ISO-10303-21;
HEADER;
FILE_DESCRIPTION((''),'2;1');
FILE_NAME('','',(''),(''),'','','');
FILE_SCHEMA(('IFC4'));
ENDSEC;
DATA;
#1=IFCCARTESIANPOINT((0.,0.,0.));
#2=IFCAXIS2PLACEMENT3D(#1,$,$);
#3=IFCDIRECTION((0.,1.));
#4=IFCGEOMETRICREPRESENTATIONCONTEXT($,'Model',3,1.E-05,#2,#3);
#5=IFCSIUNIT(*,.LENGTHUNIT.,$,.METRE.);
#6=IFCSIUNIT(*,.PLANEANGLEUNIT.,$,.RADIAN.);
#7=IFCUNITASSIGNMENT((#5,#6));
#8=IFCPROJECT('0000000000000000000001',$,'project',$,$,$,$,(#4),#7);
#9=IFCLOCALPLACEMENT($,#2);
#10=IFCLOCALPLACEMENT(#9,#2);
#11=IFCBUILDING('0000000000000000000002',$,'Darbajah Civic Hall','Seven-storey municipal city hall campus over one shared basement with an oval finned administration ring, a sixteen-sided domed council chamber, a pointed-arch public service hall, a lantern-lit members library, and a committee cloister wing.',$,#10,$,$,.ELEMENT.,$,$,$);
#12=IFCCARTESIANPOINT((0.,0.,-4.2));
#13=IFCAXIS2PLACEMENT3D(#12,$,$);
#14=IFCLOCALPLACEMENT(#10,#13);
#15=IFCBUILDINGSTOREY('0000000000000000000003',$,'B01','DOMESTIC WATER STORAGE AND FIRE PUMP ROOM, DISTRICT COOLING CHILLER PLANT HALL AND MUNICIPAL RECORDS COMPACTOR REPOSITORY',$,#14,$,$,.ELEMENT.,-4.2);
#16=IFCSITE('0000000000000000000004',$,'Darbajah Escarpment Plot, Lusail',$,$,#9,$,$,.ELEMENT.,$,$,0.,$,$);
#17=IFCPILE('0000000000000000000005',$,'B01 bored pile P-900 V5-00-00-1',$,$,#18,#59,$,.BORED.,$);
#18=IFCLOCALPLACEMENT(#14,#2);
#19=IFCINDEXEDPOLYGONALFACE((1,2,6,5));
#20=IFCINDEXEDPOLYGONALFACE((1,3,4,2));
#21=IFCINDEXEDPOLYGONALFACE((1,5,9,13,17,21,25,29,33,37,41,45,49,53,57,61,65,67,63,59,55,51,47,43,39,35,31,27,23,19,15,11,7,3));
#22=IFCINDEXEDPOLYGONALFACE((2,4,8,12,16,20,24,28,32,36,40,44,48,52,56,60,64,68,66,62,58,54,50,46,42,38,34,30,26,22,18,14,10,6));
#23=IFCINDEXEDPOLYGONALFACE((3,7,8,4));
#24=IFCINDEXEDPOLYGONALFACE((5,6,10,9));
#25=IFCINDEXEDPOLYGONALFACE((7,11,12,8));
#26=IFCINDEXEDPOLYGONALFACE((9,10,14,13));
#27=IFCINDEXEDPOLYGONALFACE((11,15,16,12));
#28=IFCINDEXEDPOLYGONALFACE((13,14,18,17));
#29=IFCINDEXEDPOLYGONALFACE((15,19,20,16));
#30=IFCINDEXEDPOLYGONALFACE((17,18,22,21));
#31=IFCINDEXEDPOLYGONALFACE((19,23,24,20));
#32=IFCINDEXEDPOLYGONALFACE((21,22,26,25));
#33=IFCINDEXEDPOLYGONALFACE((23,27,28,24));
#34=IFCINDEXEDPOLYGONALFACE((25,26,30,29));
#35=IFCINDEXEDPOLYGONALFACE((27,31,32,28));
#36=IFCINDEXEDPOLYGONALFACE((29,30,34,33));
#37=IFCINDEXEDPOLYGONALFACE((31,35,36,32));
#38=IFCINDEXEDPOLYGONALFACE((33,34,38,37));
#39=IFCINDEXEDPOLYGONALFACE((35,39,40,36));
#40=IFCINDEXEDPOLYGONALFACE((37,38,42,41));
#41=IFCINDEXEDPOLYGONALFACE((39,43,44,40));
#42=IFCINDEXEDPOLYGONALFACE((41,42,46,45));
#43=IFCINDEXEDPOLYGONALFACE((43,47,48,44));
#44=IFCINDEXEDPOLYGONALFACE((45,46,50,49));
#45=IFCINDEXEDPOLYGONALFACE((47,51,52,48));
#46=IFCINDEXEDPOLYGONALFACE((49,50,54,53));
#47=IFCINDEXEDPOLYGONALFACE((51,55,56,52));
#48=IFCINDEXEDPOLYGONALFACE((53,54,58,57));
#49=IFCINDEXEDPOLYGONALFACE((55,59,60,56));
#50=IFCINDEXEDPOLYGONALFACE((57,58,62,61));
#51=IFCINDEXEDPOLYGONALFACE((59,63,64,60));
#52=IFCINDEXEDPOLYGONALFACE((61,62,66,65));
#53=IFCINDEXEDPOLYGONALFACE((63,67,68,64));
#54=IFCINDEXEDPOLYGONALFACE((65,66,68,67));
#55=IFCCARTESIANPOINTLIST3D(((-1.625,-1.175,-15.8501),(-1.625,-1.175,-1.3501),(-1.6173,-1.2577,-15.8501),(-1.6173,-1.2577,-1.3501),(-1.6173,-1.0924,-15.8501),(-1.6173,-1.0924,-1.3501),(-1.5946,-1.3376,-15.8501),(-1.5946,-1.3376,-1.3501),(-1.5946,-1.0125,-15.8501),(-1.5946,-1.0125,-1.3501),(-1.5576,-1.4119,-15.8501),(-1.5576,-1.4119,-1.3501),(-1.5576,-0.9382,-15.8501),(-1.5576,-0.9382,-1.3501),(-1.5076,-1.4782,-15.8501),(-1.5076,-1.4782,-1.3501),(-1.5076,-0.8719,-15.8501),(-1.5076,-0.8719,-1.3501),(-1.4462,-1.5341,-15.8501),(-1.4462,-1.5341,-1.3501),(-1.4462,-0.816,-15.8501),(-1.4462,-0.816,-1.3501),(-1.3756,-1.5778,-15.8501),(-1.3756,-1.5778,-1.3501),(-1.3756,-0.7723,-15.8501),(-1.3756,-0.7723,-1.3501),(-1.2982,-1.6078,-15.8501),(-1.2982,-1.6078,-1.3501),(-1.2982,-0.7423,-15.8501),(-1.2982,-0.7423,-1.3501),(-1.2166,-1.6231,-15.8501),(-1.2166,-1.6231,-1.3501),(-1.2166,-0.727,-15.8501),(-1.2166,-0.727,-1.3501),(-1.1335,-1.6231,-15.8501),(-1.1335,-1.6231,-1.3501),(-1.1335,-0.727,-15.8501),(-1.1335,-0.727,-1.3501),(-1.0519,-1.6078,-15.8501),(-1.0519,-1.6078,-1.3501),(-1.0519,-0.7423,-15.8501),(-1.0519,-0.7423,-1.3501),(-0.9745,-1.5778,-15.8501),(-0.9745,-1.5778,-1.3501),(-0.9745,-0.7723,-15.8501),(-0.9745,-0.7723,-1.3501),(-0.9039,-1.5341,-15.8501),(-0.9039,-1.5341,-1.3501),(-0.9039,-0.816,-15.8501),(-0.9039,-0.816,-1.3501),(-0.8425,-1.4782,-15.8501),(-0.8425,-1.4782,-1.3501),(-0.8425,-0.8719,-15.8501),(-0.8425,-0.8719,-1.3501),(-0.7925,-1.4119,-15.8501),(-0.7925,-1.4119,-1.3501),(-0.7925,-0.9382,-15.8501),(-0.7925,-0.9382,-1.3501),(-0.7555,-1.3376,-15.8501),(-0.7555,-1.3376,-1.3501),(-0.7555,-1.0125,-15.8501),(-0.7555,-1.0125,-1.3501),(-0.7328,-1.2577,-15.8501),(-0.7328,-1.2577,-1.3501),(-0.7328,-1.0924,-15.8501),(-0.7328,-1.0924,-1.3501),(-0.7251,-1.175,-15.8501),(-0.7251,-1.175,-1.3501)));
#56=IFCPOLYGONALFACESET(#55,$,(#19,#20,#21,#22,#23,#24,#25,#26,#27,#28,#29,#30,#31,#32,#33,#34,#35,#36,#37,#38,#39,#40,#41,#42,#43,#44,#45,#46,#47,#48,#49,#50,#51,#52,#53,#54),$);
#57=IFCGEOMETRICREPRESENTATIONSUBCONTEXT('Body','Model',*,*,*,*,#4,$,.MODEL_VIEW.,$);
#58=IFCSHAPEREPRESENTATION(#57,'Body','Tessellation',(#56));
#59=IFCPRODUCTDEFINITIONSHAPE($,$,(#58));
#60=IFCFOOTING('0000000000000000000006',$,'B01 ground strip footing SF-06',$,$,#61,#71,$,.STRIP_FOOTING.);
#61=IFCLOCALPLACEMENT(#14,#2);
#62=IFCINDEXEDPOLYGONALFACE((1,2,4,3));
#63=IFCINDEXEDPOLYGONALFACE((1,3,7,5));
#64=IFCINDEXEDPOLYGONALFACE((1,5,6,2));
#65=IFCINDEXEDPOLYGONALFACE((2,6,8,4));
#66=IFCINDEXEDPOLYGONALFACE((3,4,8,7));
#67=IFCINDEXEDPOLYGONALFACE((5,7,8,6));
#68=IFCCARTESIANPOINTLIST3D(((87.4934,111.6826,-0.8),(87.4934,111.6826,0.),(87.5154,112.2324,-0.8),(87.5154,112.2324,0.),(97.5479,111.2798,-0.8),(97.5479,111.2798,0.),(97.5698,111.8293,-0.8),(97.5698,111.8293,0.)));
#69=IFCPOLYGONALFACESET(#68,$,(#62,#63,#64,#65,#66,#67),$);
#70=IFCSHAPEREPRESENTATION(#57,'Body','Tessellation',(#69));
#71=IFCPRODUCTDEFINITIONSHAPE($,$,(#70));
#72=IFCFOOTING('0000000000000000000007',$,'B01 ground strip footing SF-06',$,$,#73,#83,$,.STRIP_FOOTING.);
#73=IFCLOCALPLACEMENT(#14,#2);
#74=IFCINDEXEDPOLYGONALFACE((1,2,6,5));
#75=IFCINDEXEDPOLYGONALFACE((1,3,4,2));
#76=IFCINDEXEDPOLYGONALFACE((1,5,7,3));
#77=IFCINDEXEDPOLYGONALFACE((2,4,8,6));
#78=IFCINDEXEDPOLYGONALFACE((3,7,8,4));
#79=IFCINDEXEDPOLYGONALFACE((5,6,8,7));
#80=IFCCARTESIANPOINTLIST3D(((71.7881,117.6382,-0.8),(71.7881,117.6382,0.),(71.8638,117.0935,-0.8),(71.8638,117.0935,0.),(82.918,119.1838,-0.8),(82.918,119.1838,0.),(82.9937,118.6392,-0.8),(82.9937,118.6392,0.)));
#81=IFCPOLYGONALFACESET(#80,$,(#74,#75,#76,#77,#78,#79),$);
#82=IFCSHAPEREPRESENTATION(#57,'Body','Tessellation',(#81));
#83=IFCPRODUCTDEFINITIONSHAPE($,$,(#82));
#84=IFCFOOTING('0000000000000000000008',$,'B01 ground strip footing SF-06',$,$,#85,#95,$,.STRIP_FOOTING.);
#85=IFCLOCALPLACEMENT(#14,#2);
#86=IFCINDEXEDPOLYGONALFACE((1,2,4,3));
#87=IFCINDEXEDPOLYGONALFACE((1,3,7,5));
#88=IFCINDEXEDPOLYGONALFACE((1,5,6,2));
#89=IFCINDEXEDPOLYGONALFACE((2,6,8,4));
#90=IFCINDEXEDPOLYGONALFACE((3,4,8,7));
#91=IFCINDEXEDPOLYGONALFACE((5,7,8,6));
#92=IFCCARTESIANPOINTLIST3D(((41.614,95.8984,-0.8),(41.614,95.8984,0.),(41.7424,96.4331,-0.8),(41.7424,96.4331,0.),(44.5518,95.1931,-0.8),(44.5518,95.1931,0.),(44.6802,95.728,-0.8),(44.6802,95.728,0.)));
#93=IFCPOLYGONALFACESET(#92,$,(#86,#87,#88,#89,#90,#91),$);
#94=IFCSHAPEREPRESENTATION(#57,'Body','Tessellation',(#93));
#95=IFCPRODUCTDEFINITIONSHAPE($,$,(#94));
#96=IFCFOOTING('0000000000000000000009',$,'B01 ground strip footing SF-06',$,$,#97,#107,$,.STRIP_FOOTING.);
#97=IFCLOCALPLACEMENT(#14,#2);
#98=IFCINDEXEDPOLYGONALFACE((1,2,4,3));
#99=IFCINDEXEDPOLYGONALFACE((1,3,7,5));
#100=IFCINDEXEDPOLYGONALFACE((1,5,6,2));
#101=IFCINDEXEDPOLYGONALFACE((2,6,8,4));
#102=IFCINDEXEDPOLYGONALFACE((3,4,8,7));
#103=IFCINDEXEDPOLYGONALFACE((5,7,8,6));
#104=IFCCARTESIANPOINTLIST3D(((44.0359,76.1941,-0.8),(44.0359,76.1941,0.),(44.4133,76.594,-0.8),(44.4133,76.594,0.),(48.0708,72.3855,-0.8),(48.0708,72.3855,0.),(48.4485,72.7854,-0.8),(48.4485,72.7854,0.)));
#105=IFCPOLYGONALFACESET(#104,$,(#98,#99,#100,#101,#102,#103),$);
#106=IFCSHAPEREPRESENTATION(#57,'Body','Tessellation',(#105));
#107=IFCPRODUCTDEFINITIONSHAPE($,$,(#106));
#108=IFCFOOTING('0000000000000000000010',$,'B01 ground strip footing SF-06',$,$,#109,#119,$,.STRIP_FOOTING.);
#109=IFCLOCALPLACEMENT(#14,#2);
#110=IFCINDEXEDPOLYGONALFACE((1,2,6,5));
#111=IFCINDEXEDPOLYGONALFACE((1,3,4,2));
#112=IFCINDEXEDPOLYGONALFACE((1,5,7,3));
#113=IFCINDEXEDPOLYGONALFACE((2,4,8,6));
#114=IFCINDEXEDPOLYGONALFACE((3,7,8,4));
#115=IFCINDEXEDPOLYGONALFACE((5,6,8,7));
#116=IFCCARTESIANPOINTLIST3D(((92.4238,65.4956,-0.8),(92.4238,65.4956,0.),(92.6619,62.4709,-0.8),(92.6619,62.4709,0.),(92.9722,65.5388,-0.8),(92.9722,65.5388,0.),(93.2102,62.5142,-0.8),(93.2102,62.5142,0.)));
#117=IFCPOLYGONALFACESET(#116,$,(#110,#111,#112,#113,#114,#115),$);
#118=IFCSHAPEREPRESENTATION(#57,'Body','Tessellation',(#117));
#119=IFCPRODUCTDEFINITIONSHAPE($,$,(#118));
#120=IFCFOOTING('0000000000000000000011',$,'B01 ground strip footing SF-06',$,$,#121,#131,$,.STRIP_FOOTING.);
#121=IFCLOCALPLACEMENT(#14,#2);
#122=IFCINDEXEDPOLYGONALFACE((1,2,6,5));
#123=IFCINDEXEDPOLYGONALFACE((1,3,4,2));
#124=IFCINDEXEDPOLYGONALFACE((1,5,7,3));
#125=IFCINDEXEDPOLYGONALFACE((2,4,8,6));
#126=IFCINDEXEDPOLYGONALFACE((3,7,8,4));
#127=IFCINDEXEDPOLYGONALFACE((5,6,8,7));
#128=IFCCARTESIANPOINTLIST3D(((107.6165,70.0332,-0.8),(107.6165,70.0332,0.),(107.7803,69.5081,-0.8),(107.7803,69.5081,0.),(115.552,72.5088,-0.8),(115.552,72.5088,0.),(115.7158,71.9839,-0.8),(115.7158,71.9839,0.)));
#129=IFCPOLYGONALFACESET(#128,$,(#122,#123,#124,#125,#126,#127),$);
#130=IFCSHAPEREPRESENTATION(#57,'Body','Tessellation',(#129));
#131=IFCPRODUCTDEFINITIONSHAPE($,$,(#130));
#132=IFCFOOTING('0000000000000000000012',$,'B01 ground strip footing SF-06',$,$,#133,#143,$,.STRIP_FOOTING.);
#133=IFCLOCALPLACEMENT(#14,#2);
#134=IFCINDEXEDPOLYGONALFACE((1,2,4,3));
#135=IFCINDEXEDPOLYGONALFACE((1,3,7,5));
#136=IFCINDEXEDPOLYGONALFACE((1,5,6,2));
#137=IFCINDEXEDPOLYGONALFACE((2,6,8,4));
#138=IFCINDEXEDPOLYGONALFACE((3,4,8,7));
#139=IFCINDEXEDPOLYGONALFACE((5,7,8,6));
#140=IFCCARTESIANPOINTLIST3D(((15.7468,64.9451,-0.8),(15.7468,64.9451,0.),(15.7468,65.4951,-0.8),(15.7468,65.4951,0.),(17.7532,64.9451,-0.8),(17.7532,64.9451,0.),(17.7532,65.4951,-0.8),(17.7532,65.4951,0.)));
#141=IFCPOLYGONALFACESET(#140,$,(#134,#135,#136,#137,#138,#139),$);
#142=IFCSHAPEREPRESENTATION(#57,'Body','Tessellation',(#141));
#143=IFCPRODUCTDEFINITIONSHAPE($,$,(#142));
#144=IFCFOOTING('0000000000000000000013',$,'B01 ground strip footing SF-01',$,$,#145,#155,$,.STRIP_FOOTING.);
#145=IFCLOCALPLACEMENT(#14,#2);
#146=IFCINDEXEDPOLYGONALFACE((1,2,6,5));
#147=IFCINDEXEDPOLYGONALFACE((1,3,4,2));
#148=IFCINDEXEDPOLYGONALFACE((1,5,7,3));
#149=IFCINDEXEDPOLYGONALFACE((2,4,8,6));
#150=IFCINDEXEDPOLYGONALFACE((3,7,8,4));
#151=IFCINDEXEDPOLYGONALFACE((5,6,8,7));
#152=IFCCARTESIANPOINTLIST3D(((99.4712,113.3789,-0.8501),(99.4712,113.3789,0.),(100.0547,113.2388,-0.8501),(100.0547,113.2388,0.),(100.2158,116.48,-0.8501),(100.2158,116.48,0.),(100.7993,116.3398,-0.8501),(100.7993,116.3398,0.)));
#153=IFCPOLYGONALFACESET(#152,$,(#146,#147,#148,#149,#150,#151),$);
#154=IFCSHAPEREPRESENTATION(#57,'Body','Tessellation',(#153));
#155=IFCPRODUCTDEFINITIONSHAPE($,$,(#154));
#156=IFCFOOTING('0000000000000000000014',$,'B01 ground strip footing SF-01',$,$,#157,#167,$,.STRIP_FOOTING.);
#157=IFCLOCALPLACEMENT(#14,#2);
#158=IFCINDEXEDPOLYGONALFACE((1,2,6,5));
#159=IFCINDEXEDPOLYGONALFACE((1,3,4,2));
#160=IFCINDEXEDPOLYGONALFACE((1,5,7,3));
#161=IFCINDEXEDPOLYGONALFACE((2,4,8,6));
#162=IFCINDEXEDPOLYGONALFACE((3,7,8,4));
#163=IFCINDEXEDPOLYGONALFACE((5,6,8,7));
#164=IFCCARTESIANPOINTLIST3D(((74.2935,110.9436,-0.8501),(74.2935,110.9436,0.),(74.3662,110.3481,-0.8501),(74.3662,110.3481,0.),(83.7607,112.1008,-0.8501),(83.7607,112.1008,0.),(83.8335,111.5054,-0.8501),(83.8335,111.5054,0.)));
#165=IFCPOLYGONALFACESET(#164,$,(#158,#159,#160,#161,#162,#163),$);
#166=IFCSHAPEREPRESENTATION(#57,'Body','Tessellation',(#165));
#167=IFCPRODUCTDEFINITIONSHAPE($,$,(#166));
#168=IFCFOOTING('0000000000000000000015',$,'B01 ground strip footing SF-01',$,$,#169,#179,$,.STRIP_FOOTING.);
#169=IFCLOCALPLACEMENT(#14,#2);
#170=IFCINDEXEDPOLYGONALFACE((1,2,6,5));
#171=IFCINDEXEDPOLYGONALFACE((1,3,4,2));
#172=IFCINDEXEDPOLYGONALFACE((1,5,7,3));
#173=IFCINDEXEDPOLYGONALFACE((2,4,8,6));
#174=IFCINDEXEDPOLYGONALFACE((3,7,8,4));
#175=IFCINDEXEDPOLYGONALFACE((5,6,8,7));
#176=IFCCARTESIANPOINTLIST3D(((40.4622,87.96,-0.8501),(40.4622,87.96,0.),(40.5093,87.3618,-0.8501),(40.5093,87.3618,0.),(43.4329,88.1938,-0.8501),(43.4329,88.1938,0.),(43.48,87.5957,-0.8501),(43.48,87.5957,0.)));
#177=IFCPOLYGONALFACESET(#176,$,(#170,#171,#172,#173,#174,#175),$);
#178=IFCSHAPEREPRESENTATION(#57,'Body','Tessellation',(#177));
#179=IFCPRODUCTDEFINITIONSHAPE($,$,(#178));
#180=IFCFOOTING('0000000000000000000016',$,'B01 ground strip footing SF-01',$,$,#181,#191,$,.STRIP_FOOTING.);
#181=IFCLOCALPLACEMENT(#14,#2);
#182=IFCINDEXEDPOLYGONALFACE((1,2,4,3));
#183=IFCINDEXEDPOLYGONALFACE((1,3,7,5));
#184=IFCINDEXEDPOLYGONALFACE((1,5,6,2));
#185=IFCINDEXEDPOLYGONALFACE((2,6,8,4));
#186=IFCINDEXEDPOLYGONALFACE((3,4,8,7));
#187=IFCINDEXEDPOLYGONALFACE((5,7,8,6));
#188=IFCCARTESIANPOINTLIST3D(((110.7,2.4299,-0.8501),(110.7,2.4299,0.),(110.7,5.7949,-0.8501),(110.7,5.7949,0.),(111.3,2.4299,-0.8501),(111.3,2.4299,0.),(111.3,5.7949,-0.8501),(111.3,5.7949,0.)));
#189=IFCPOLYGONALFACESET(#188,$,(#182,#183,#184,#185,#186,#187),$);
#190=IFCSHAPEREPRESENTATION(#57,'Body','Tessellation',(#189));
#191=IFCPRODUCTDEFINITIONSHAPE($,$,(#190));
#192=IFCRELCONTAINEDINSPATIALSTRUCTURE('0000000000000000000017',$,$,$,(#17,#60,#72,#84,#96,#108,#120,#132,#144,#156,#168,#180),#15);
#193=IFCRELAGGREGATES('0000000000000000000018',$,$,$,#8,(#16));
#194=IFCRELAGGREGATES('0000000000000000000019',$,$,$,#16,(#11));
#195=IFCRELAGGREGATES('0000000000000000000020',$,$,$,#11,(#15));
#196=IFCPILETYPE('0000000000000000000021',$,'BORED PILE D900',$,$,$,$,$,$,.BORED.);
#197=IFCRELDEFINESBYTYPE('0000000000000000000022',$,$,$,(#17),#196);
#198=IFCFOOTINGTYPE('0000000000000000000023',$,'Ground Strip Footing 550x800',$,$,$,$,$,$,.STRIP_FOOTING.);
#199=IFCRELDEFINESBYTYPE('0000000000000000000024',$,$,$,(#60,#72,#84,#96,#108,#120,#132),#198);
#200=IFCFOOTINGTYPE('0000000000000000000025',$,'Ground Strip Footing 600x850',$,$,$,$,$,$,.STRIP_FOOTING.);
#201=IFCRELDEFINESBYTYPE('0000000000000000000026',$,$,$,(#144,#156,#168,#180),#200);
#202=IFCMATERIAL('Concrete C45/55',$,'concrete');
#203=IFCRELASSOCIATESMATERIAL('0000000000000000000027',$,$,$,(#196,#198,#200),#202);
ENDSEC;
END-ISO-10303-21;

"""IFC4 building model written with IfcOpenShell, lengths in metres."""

from ifc_helpers import new_model, si_unit, direction, frame, origin, origin_2d, place, context, subcontext, project, spatial, polyline, circle, outline, extrude, material, material_profile, profile_set, type_object, element, save


model = new_model("IFC4")

# Units and contexts
model_context = context("Model", 3, precision=1e-05, world=origin(), true_north=direction((0.0, 1.0)))
body_context = subcontext(model_context, "Body", "Model", "MODEL_VIEW")
ifc_project = project(units=[si_unit("LENGTHUNIT", "METRE"), si_unit("PLANEANGLEUNIT", "RADIAN")], contexts=[model_context])

# Site, building, storey
site_placement = place(None, origin())
site = spatial("IfcSite", under=ifc_project, at=site_placement, Name="Darbajah Escarpment Plot, Lusail", CompositionType="ELEMENT", RefElevation=0.0)
building_placement = place(site_placement, origin())
building = spatial("IfcBuilding", under=site, at=building_placement, Name="Darbajah Civic Hall", Description="Seven-storey municipal city hall campus over one shared basement with an oval finned administration ring, a sixteen-sided domed council chamber, a pointed-arch public service hall, a lantern-lit members library, and a committee cloister wing.", CompositionType="ELEMENT")
storey_placement = place(building_placement, frame((0.0, 0.0, -4.2)))
storey = spatial("IfcBuildingStorey", under=building, at=storey_placement, Name="B01", Description="DOMESTIC WATER STORAGE AND FIRE PUMP ROOM, DISTRICT COOLING CHILLER PLANT HALL AND MUNICIPAL RECORDS COMPACTOR REPOSITORY", CompositionType="ELEMENT", Elevation=-4.2)

# Pile
ifc_material = material(Name="Concrete C45/55", Category="concrete")
ifc_material_profile = material_profile(ifc_material, circle(Radius=0.45, at=origin_2d()), Name="BORED PILE D900")
ifc_profile_set = profile_set([ifc_material_profile], Name="Concrete C45/55")
pile_type = type_object("IfcPileType", Name="BORED PILE D900", PredefinedType="BORED", material=ifc_profile_set)
pile_placement = place(storey_placement, frame((-1.175, -1.175, -1.3501), z_axis=(0.0, 0.0, -1.0), x_axis=(1.0, 0.0, 0.0)))
element("IfcPile", 1, at=pile_placement, inside=storey, type_object=pile_type, Name="B01 bored pile P-900 V5-00-00-1", PredefinedType="BORED", context=body_context, shape_type="SweptSolid", body=[
    extrude(circle(Radius=0.45, at=origin_2d()), origin(), (0.0, 0.0, 1.0), 14.5),
])

# Footings
footing_type_1 = type_object("IfcFootingType", Name="Ground Strip Footing 550x800", PredefinedType="STRIP_FOOTING", material=ifc_material)
footing_1_placement = place(storey_placement, frame((0.0, 0.0, -0.8)))
element("IfcFooting", 2, at=footing_1_placement, inside=storey, type_object=footing_type_1, Name="B01 ground strip footing SF-06", PredefinedType="STRIP_FOOTING", context=body_context, shape_type="SweptSolid", body=[
    extrude(outline(polyline([(97.5698, 111.8293), (87.5154, 112.2324), (87.4934, 111.6826), (97.5479, 111.2798), (97.5698, 111.8293)])), origin(), (0.0, 0.0, 1.0), 0.8),
])
footing_2_placement = place(storey_placement, frame((0.0, 0.0, -0.8)))
element("IfcFooting", 3, at=footing_2_placement, inside=storey, type_object=footing_type_1, Name="B01 ground strip footing SF-06", PredefinedType="STRIP_FOOTING", context=body_context, shape_type="SweptSolid", body=[
    extrude(outline(polyline([(82.918, 119.1838), (71.7881, 117.6382), (71.8638, 117.0935), (82.9937, 118.6392), (82.918, 119.1838)])), origin(), (0.0, 0.0, 1.0), 0.8),
])
footing_3_placement = place(storey_placement, frame((0.0, 0.0, -0.8)))
element("IfcFooting", 4, at=footing_3_placement, inside=storey, type_object=footing_type_1, Name="B01 ground strip footing SF-06", PredefinedType="STRIP_FOOTING", context=body_context, shape_type="SweptSolid", body=[
    extrude(outline(polyline([(44.6802, 95.728), (41.7424, 96.4331), (41.614, 95.8984), (44.5518, 95.1931), (44.6802, 95.728)])), origin(), (0.0, 0.0, 1.0), 0.8),
])
footing_4_placement = place(storey_placement, frame((0.0, 0.0, -0.8)))
element("IfcFooting", 5, at=footing_4_placement, inside=storey, type_object=footing_type_1, Name="B01 ground strip footing SF-06", PredefinedType="STRIP_FOOTING", context=body_context, shape_type="SweptSolid", body=[
    extrude(outline(polyline([(44.0359, 76.1941), (48.0708, 72.3855), (48.4485, 72.7854), (44.4133, 76.594), (44.0359, 76.1941)])), origin(), (0.0, 0.0, 1.0), 0.8),
])
footing_5_placement = place(storey_placement, frame((0.0, 0.0, -0.8)))
element("IfcFooting", 6, at=footing_5_placement, inside=storey, type_object=footing_type_1, Name="B01 ground strip footing SF-06", PredefinedType="STRIP_FOOTING", context=body_context, shape_type="SweptSolid", body=[
    extrude(outline(polyline([(92.4238, 65.4956), (92.6619, 62.4709), (93.2102, 62.5142), (92.9722, 65.5388), (92.4238, 65.4956)])), origin(), (0.0, 0.0, 1.0), 0.8),
])
footing_6_placement = place(storey_placement, frame((0.0, 0.0, -0.8)))
element("IfcFooting", 7, at=footing_6_placement, inside=storey, type_object=footing_type_1, Name="B01 ground strip footing SF-06", PredefinedType="STRIP_FOOTING", context=body_context, shape_type="SweptSolid", body=[
    extrude(outline(polyline([(107.7803, 69.5081), (115.7158, 71.9839), (115.552, 72.5088), (107.6165, 70.0332), (107.7803, 69.5081)])), origin(), (0.0, 0.0, 1.0), 0.8),
])
footing_7_placement = place(storey_placement, frame((0.0, 0.0, -0.8)))
element("IfcFooting", 8, at=footing_7_placement, inside=storey, type_object=footing_type_1, Name="B01 ground strip footing SF-06", PredefinedType="STRIP_FOOTING", context=body_context, shape_type="SweptSolid", body=[
    extrude(outline(polyline([(15.7468, 64.9451), (17.7532, 64.9451), (17.7532, 65.4951), (15.7468, 65.4951), (15.7468, 64.9451)])), origin(), (0.0, 0.0, 1.0), 0.8),
])
footing_type_2 = type_object("IfcFootingType", Name="Ground Strip Footing 600x850", PredefinedType="STRIP_FOOTING", material=ifc_material)
footing_8_placement = place(storey_placement, frame((0.0, 0.0, -0.8501)))
element("IfcFooting", 9, at=footing_8_placement, inside=storey, type_object=footing_type_2, Name="B01 ground strip footing SF-01", PredefinedType="STRIP_FOOTING", context=body_context, shape_type="SweptSolid", body=[
    extrude(outline(polyline([(100.0547, 113.2388), (100.7993, 116.3398), (100.2158, 116.48), (99.4712, 113.3789), (100.0547, 113.2388)])), origin(), (0.0, 0.0, 1.0), 0.8501),
])
footing_9_placement = place(storey_placement, frame((0.0, 0.0, -0.8501)))
element("IfcFooting", 10, at=footing_9_placement, inside=storey, type_object=footing_type_2, Name="B01 ground strip footing SF-01", PredefinedType="STRIP_FOOTING", context=body_context, shape_type="SweptSolid", body=[
    extrude(outline(polyline([(83.7607, 112.1008), (74.2935, 110.9436), (74.3662, 110.3481), (83.8335, 111.5054), (83.7607, 112.1008)])), origin(), (0.0, 0.0, 1.0), 0.8501),
])
footing_10_placement = place(storey_placement, frame((0.0, 0.0, -0.8501)))
element("IfcFooting", 11, at=footing_10_placement, inside=storey, type_object=footing_type_2, Name="B01 ground strip footing SF-01", PredefinedType="STRIP_FOOTING", context=body_context, shape_type="SweptSolid", body=[
    extrude(outline(polyline([(43.4329, 88.1938), (40.4622, 87.96), (40.5093, 87.3618), (43.48, 87.5957), (43.4329, 88.1938)])), origin(), (0.0, 0.0, 1.0), 0.8501),
])
footing_11_placement = place(storey_placement, frame((0.0, 0.0, -0.8501)))
element("IfcFooting", 12, at=footing_11_placement, inside=storey, type_object=footing_type_2, Name="B01 ground strip footing SF-01", PredefinedType="STRIP_FOOTING", context=body_context, shape_type="SweptSolid", body=[
    extrude(outline(polyline([(111.3, 2.4299), (111.3, 5.7949), (110.7, 5.7949), (110.7, 2.4299), (111.3, 2.4299)])), origin(), (0.0, 0.0, 1.0), 0.8501),
])

save(model, "model.ifc")
